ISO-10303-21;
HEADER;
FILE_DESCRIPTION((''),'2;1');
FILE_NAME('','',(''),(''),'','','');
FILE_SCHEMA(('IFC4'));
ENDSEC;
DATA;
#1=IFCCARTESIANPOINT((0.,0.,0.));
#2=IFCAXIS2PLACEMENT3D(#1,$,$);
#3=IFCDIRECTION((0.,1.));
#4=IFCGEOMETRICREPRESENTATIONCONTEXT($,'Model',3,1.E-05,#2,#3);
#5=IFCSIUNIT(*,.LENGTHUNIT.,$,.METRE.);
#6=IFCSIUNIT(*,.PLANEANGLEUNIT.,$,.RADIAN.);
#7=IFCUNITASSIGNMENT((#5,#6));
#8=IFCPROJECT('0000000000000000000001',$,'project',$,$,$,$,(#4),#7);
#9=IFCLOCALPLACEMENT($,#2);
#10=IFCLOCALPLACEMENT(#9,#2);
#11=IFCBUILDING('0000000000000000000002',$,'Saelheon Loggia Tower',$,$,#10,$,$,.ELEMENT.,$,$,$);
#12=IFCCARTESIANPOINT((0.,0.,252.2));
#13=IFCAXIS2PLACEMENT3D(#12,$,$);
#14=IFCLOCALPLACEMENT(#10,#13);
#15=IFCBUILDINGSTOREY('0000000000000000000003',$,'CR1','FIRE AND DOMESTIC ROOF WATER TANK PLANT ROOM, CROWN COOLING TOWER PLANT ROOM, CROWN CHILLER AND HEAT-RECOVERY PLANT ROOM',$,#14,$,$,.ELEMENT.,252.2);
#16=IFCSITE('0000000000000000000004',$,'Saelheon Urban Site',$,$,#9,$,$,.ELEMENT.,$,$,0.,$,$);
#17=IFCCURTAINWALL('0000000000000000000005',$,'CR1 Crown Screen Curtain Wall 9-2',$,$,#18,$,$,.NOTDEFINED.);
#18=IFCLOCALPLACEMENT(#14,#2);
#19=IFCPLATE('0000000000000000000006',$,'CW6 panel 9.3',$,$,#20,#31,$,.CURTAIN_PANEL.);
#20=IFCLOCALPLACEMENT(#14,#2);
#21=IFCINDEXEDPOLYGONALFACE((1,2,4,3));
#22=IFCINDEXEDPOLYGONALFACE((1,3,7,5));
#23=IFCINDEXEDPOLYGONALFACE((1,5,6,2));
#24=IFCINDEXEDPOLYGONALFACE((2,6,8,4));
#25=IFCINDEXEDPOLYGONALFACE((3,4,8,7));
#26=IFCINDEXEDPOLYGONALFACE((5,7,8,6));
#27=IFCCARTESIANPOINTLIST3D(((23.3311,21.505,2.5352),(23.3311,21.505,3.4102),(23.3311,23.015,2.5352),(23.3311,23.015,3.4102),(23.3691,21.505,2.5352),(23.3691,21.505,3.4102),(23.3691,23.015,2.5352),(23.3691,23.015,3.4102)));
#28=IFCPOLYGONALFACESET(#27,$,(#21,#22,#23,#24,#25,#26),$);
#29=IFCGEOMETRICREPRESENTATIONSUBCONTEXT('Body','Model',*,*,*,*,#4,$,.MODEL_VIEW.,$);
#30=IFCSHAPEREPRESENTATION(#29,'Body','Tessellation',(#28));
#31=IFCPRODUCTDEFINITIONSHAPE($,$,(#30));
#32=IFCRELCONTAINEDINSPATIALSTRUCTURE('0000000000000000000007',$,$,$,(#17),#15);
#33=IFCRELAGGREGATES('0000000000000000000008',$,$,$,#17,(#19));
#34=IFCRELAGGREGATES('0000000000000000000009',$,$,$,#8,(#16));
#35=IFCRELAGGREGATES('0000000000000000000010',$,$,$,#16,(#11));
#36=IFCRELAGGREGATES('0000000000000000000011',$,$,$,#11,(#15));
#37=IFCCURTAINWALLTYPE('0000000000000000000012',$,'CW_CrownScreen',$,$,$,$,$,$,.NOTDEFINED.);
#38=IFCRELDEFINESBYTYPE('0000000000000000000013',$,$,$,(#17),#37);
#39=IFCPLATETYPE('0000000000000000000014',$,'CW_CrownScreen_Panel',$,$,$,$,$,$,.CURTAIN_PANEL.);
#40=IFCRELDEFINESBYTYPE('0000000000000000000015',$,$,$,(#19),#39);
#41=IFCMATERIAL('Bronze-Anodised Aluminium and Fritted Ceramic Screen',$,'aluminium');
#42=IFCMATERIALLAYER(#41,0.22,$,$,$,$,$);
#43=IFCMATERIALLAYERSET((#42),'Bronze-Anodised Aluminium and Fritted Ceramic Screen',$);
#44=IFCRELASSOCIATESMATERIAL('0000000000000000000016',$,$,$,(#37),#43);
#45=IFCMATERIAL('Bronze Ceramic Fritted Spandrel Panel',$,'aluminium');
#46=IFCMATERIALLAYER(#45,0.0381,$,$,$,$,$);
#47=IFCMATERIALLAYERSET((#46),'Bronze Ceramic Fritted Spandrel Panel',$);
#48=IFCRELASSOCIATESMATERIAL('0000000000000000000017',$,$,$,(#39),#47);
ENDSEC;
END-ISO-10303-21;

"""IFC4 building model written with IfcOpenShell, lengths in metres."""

from ifc_helpers import new_model, si_unit, direction, frame, origin, origin_2d, place, context, subcontext, project, spatial, rectangle, extrude, source, transform, mapped, material, layer, layer_set, type_object, element, aggregate, save


model = new_model("IFC4")

# Units and contexts
model_context = context("Model", 3, precision=1e-05, world=origin(), true_north=direction((0.0, 1.0)))
body_context = subcontext(model_context, "Body", "Model", "MODEL_VIEW")
ifc_project = project(units=[si_unit("LENGTHUNIT", "METRE"), si_unit("PLANEANGLEUNIT", "RADIAN")], contexts=[model_context])

# Site, building, storey
site_placement = place(None, origin())
site = spatial("IfcSite", under=ifc_project, at=site_placement, Name="Saelheon Urban Site", CompositionType="ELEMENT", RefElevation=0.0)
building_placement = place(site_placement, origin())
building = spatial("IfcBuilding", under=site, at=building_placement, Name="Saelheon Loggia Tower", CompositionType="ELEMENT")
storey_placement = place(building_placement, frame((0.0, 0.0, 252.2)))
storey = spatial("IfcBuildingStorey", under=building, at=storey_placement, Name="CR1", Description="FIRE AND DOMESTIC ROOF WATER TANK PLANT ROOM, CROWN COOLING TOWER PLANT ROOM, CROWN CHILLER AND HEAT-RECOVERY PLANT ROOM", CompositionType="ELEMENT", Elevation=252.2)

# Curtain wall
ifc_material_1 = material(Name="Bronze-Anodised Aluminium and Fritted Ceramic Screen", Category="aluminium")
ifc_layer_1 = layer(ifc_material_1, 0.22)
ifc_layer_set_1 = layer_set([ifc_layer_1], Name="Bronze-Anodised Aluminium and Fritted Ceramic Screen")
curtain_wall_type = type_object("IfcCurtainWallType", Name="CW_CrownScreen", PredefinedType="NOTDEFINED", material=ifc_layer_set_1)
curtain_wall_1_placement = place(storey_placement, origin())
curtain_wall_1 = element("IfcCurtainWall", 1, at=curtain_wall_1_placement, inside=storey, type_object=curtain_wall_type, Name="CR1 Crown Screen Curtain Wall 9-2", PredefinedType="NOTDEFINED")

# Plate
ifc_material_2 = material(Name="Bronze Ceramic Fritted Spandrel Panel", Category="aluminium")
ifc_layer_2 = layer(ifc_material_2, 0.0381)
ifc_layer_set_2 = layer_set([ifc_layer_2], Name="Bronze Ceramic Fritted Spandrel Panel")
plate_type = type_object("IfcPlateType", Name="CW_CrownScreen_Panel", PredefinedType="CURTAIN_PANEL", material=ifc_layer_set_2)
shared_shape_1 = source(origin(), body_context, "Body", "SweptSolid", [
    extrude(rectangle(XDim=1.51, YDim=0.0381, at=origin_2d()), origin(), (0.0, 0.0, 1.0), 0.875),
])
plate_1_placement = place(storey_placement, frame((23.3501, 22.26, 2.5352), z_axis=(0.0, 0.0, 1.0), x_axis=(0.0, -1.0, 0.0)))
plate_1 = element("IfcPlate", 2, at=plate_1_placement, type_object=plate_type, Name="CW6 panel 9.3", PredefinedType="CURTAIN_PANEL", context=body_context, shape_type="MappedRepresentation", body=[
    mapped(shared_shape_1, transform((0.0, 0.0, 0.0), scale=1.0)),
])
aggregate(curtain_wall_1, [plate_1])

save(model, "model.ifc")
